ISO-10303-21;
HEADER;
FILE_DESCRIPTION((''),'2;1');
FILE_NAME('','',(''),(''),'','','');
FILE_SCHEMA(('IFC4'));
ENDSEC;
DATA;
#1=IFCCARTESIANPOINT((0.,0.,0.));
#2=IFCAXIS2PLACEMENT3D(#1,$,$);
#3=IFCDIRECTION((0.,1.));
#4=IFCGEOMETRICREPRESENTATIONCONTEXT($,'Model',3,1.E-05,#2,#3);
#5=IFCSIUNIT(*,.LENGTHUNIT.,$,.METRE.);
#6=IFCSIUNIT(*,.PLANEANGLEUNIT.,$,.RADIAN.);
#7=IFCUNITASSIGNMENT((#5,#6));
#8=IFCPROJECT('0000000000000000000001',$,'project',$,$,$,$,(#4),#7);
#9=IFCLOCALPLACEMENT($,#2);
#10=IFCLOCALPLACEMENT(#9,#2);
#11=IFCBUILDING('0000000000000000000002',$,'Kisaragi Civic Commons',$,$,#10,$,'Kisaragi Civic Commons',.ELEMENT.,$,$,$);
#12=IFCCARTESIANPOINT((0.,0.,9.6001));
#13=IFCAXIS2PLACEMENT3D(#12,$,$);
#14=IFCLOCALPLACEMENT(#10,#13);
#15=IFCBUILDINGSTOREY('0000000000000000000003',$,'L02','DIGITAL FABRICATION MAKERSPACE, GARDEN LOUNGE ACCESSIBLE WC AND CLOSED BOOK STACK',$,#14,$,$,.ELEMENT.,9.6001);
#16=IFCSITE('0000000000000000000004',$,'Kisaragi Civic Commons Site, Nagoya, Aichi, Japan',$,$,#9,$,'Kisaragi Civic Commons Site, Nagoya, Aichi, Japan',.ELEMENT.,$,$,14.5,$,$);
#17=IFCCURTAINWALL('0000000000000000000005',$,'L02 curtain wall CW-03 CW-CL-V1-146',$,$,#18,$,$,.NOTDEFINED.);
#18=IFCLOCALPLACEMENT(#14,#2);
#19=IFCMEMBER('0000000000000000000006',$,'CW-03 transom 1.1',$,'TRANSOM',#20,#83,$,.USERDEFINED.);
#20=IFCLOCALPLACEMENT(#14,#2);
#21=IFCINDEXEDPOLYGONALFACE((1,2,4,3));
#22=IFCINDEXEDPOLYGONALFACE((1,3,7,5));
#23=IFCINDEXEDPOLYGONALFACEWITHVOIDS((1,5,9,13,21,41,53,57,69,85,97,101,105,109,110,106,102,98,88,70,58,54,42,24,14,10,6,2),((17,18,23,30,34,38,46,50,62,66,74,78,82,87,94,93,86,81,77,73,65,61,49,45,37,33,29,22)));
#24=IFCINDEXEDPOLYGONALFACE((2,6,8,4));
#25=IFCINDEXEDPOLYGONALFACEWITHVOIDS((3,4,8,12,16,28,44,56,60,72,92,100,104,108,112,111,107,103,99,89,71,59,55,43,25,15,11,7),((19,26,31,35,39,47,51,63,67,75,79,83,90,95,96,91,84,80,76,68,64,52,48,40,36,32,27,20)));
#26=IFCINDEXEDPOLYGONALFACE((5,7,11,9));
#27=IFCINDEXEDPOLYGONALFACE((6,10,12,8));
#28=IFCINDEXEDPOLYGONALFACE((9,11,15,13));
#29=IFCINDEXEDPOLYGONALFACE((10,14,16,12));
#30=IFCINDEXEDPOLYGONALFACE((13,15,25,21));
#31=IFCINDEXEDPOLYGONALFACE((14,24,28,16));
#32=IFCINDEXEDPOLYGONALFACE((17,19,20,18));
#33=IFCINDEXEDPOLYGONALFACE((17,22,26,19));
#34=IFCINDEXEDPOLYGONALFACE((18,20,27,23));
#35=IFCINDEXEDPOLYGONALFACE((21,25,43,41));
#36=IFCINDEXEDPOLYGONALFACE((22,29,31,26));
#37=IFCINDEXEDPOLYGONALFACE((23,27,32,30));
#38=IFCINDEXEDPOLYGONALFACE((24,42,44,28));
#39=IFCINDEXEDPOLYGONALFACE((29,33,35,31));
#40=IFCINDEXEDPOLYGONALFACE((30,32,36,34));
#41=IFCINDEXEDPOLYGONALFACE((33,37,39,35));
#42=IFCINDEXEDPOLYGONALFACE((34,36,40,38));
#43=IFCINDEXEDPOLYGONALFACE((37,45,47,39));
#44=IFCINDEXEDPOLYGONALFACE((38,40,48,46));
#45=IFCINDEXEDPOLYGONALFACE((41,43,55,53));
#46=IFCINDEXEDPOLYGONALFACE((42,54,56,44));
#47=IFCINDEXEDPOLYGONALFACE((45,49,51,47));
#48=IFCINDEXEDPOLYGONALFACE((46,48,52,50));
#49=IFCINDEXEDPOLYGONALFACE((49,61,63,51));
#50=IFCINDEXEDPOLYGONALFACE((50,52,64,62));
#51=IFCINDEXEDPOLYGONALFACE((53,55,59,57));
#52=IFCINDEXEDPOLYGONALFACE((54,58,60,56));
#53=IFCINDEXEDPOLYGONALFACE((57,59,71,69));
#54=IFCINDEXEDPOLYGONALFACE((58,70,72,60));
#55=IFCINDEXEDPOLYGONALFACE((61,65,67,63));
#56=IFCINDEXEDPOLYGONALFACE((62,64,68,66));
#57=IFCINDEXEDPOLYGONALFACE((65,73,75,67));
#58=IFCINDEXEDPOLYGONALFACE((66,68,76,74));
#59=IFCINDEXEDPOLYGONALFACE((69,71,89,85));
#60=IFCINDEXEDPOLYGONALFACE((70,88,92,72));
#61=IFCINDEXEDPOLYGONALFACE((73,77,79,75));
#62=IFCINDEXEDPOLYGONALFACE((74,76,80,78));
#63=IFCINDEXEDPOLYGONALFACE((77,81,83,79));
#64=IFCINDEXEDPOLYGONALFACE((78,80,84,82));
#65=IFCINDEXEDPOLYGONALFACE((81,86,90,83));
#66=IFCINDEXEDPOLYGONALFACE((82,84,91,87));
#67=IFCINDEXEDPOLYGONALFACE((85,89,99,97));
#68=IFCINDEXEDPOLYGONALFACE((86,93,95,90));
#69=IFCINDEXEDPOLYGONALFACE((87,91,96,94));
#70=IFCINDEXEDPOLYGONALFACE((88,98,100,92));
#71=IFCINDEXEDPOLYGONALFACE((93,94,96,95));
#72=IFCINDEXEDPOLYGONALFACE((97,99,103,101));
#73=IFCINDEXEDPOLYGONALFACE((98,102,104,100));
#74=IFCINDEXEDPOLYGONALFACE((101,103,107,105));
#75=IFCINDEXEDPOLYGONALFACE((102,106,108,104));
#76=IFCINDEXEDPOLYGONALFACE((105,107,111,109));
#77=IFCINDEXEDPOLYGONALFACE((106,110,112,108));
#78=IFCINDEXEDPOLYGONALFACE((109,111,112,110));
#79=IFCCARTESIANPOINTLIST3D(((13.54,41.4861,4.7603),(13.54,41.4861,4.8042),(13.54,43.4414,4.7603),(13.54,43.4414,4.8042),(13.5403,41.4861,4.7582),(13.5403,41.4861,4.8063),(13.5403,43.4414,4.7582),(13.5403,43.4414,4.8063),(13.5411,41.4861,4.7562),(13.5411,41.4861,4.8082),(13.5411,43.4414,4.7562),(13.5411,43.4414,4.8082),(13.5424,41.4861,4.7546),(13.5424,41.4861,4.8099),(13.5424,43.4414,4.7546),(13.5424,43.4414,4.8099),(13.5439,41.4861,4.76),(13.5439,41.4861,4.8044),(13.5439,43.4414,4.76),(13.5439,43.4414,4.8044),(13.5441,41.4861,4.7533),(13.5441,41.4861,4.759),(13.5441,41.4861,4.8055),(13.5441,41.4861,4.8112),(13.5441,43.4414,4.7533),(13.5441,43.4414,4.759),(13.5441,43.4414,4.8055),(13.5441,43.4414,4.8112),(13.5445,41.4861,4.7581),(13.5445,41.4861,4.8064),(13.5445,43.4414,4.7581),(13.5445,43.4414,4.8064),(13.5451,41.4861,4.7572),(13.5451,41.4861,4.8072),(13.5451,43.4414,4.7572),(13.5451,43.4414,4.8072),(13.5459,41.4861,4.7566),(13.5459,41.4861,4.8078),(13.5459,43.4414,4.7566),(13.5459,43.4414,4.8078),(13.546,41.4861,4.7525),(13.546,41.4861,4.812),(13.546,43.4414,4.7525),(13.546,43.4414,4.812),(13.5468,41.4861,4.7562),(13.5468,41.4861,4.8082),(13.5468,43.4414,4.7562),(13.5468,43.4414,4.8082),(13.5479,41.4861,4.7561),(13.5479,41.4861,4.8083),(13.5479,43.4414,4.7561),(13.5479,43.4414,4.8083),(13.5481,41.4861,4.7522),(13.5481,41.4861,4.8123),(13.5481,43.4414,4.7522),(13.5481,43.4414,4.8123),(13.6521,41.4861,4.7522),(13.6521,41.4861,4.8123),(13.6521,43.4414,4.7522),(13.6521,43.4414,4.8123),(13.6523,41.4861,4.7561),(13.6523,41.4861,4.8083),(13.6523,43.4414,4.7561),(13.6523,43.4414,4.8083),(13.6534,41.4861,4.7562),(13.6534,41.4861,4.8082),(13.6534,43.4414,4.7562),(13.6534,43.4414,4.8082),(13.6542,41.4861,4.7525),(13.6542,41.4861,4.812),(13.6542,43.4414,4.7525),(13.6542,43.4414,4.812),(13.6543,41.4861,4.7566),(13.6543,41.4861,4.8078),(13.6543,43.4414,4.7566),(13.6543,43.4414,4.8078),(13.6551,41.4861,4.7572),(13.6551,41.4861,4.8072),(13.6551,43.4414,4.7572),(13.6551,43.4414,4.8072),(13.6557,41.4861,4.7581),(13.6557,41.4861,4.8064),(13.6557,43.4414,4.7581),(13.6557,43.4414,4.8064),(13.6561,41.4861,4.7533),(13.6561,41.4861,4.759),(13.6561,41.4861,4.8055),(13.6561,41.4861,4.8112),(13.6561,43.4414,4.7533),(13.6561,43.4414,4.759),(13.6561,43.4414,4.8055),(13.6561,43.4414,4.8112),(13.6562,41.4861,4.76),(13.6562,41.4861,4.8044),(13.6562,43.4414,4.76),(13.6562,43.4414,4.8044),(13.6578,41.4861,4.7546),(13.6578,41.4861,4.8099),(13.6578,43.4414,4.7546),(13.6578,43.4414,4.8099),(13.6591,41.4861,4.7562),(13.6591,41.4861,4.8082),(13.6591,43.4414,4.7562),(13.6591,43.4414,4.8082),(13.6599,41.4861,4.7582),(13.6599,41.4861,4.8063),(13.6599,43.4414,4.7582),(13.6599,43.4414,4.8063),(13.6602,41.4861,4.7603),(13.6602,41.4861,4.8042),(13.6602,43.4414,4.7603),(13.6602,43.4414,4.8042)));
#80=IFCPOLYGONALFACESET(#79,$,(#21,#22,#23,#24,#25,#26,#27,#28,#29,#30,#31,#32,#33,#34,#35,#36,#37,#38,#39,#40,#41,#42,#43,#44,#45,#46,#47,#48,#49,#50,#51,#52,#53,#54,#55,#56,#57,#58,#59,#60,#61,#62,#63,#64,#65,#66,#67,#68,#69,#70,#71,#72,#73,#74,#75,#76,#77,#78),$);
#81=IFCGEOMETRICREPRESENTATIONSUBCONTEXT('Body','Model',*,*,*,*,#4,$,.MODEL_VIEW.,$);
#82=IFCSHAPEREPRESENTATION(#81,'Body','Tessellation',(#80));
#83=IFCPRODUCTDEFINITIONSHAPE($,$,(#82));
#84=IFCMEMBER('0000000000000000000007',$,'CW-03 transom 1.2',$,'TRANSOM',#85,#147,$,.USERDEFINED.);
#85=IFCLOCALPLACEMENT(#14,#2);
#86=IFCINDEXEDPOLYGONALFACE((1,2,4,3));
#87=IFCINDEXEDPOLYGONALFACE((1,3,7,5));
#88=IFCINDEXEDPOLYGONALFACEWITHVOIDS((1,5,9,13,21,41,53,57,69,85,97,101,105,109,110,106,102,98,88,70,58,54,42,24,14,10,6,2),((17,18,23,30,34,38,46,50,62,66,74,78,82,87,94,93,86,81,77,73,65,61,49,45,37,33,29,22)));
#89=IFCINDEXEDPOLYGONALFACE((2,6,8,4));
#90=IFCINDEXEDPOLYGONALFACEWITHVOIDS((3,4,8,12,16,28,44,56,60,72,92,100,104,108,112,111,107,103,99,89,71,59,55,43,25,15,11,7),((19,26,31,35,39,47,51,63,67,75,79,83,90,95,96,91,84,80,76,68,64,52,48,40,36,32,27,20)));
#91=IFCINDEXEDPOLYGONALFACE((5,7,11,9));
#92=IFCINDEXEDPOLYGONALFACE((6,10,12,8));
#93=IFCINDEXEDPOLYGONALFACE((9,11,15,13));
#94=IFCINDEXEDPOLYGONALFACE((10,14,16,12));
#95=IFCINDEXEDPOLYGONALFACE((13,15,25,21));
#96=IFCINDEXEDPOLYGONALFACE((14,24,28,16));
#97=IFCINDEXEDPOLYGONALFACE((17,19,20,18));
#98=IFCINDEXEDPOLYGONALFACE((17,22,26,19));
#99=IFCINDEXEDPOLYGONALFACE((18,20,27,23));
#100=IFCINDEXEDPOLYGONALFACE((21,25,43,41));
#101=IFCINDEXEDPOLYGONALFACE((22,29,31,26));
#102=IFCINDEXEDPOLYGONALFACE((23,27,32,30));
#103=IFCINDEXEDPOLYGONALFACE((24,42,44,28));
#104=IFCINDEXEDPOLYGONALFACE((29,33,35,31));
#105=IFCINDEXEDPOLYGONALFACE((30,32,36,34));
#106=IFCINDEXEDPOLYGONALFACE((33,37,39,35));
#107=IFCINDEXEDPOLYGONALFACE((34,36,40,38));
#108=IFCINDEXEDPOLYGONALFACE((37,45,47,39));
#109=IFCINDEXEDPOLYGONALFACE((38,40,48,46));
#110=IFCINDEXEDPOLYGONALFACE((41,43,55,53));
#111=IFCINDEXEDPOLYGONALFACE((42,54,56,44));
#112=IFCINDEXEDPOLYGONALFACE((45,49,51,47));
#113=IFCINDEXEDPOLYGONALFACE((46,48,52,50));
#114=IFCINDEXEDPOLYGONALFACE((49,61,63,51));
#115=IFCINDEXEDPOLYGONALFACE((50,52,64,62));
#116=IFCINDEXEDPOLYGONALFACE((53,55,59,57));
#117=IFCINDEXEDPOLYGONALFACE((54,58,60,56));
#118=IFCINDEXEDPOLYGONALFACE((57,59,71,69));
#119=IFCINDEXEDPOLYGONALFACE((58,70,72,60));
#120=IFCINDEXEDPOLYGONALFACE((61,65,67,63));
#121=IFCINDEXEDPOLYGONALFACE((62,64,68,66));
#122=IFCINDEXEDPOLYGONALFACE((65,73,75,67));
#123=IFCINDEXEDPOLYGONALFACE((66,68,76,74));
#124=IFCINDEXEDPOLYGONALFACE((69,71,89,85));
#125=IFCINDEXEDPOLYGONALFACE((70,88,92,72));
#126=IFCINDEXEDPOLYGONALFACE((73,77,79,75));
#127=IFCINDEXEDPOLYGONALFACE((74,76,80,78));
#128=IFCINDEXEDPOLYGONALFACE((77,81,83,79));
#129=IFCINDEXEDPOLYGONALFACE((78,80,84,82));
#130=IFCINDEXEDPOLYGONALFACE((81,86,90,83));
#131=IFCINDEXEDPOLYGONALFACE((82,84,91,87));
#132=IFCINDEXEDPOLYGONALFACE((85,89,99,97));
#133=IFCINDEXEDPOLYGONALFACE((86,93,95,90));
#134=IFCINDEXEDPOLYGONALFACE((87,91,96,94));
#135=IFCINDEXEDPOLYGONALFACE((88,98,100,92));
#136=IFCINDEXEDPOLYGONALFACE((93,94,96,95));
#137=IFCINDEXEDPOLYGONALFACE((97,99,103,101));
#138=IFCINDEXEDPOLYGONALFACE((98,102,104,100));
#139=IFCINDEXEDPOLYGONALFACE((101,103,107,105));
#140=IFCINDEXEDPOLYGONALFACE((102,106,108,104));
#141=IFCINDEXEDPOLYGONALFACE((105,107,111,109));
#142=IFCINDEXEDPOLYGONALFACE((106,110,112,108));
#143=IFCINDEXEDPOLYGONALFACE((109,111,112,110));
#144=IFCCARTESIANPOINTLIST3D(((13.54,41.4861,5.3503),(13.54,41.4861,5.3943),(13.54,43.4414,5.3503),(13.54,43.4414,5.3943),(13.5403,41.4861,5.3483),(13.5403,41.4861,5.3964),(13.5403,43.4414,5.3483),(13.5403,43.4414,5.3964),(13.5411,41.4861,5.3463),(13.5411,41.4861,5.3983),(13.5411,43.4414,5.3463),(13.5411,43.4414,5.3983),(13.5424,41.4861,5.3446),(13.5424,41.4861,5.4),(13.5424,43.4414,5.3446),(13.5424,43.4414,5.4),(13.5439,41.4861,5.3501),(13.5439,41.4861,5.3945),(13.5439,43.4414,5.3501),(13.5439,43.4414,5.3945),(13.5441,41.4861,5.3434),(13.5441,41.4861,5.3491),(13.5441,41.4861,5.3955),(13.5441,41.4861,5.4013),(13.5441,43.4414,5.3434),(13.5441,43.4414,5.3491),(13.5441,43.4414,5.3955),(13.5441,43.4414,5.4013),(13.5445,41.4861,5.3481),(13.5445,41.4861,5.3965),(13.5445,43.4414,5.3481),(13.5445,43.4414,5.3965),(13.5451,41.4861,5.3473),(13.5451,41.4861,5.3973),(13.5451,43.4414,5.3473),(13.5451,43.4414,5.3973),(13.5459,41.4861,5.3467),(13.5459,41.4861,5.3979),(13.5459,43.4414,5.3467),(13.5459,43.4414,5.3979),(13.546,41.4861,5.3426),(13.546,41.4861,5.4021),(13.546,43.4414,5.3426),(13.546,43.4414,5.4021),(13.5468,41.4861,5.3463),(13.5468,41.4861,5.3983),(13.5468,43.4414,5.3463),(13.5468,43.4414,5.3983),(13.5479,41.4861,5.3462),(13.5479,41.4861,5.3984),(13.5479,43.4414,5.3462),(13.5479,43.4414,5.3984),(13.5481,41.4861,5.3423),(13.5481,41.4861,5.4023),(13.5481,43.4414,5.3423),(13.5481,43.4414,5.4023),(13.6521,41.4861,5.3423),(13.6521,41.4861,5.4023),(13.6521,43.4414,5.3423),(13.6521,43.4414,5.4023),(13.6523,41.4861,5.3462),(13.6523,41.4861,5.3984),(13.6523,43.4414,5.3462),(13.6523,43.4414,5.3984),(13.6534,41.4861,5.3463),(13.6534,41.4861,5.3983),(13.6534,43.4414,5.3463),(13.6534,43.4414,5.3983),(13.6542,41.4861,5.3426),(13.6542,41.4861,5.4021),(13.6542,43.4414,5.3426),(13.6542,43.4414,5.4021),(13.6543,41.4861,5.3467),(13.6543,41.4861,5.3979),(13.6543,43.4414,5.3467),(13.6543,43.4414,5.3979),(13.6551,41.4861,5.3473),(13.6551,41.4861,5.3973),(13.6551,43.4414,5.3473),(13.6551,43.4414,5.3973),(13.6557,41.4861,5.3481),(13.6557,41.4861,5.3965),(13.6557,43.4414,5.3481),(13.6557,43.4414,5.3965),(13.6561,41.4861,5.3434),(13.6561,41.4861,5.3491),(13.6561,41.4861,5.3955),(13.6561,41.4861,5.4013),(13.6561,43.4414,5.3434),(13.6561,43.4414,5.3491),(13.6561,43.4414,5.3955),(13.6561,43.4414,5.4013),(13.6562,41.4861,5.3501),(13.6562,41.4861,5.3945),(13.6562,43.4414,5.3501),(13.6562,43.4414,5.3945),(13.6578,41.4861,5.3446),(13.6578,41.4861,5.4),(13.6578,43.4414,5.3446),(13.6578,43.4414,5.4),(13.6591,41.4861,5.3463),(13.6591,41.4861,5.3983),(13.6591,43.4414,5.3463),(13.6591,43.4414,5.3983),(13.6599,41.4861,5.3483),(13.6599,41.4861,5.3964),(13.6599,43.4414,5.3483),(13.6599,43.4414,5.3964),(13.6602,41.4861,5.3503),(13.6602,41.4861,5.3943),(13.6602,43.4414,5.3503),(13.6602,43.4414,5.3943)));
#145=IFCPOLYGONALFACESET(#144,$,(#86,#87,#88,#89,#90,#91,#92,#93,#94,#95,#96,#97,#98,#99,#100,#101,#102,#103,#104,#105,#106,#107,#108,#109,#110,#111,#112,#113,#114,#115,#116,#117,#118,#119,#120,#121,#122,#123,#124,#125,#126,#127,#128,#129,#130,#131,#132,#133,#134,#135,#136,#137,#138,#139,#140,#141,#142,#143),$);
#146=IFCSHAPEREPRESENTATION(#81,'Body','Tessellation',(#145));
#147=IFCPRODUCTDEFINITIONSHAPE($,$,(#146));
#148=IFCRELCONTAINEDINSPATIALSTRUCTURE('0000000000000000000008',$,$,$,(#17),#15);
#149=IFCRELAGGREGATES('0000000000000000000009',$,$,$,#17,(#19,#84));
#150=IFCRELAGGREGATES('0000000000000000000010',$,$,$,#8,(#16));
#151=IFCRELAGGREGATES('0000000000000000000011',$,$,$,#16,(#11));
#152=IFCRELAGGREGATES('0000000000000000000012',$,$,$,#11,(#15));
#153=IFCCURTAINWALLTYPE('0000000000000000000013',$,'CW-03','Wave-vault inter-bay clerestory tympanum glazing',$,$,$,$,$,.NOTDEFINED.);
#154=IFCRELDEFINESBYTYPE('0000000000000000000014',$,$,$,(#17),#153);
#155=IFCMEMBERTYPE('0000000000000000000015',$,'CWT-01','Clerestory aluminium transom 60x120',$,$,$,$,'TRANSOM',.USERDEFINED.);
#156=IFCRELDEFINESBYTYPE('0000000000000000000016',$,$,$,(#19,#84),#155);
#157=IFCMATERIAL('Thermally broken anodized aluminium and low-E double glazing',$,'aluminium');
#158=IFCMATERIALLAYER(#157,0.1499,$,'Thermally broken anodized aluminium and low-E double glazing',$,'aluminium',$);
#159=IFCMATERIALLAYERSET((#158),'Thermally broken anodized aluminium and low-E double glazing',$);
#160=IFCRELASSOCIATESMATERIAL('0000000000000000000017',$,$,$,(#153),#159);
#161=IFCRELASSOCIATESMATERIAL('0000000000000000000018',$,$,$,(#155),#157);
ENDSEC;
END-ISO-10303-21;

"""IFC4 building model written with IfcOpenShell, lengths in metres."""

from ifc_helpers import new_model, si_unit, direction, frame, origin, origin_2d, place, context, subcontext, project, spatial, hollow_rectangle, extrude, material, layer, layer_set, material_profile, profile_set, type_object, element, aggregate, save


model = new_model("IFC4")

# Units and contexts
model_context = context("Model", 3, precision=1e-05, world=origin(), true_north=direction((0.0, 1.0)))
body_context = subcontext(model_context, "Body", "Model", "MODEL_VIEW")
ifc_project = project(units=[si_unit("LENGTHUNIT", "METRE"), si_unit("PLANEANGLEUNIT", "RADIAN")], contexts=[model_context])

# Site, building, storey
site_placement = place(None, origin())
site = spatial("IfcSite", under=ifc_project, at=site_placement, Name="Kisaragi Civic Commons Site, Nagoya, Aichi, Japan", LongName="Kisaragi Civic Commons Site, Nagoya, Aichi, Japan", CompositionType="ELEMENT", RefElevation=14.5)
building_placement = place(site_placement, origin())
building = spatial("IfcBuilding", under=site, at=building_placement, Name="Kisaragi Civic Commons", LongName="Kisaragi Civic Commons", CompositionType="ELEMENT")
storey_placement = place(building_placement, frame((0.0, 0.0, 9.6001)))
storey = spatial("IfcBuildingStorey", under=building, at=storey_placement, Name="L02", Description="DIGITAL FABRICATION MAKERSPACE, GARDEN LOUNGE ACCESSIBLE WC AND CLOSED BOOK STACK", CompositionType="ELEMENT", Elevation=9.6001)

# Shared definitions
ifc_material_1 = material(Name="Thermally broken anodized aluminium and low-E double glazing", Category="aluminium")
ifc_layer_1 = layer(ifc_material_1, 0.1499, Name="Thermally broken anodized aluminium and low-E double glazing", Category="aluminium")
ifc_layer_set_1 = layer_set([ifc_layer_1], Name="Thermally broken anodized aluminium and low-E double glazing")
curtain_wall_type = type_object("IfcCurtainWallType", Name="CW-03", Description="Wave-vault inter-bay clerestory tympanum glazing", PredefinedType="NOTDEFINED", material=ifc_layer_set_1)

# Curtain wall
curtain_wall_1_placement = place(storey_placement, origin())
curtain_wall_1 = element("IfcCurtainWall", 1, at=curtain_wall_1_placement, inside=storey, type_object=curtain_wall_type, Name="L02 curtain wall CW-03 CW-CL-V1-146", PredefinedType="NOTDEFINED")

# Members
ifc_material_profile_1 = material_profile(ifc_material_1, hollow_rectangle(XDim=0.1201, YDim=0.0601, WallThickness=0.0039, InnerFilletRadius=0.0039, OuterFilletRadius=0.0081, at=origin_2d()), Name="CWT-60x120x4", Category="aluminium")
ifc_profile_set_1 = profile_set([ifc_material_profile_1], Name="Thermally broken anodized aluminium and low-E double glazing")
member_type_1 = type_object("IfcMemberType", Name="CWT-01", Description="Clerestory aluminium transom 60x120", ElementType="TRANSOM", PredefinedType="USERDEFINED", material=ifc_profile_set_1)
member_1_placement = place(storey_placement, frame((13.6001, 41.4861, 4.7822), z_axis=(0.0, 1.0, 0.0), x_axis=(-1.0, 0.0, 0.0)))
member_1 = element("IfcMember", 2, at=member_1_placement, type_object=member_type_1, Name="CW-03 transom 1.1", ObjectType="TRANSOM", PredefinedType="USERDEFINED", context=body_context, shape_type="SweptSolid", body=[
    extrude(hollow_rectangle(XDim=0.1201, YDim=0.0601, WallThickness=0.0039, InnerFilletRadius=0.0039, OuterFilletRadius=0.0081, at=origin_2d()), origin(), (0.0, 0.0, 1.0), 1.9553),
])
member_2_placement = place(storey_placement, frame((13.6001, 41.4861, 5.3723), z_axis=(0.0, 1.0, 0.0), x_axis=(-1.0, 0.0, 0.0)))
member_2 = element("IfcMember", 3, at=member_2_placement, type_object=member_type_1, Name="CW-03 transom 1.2", ObjectType="TRANSOM", PredefinedType="USERDEFINED", context=body_context, shape_type="SweptSolid", body=[
    extrude(hollow_rectangle(XDim=0.1201, YDim=0.0601, WallThickness=0.0039, InnerFilletRadius=0.0039, OuterFilletRadius=0.0081, at=origin_2d()), origin(), (0.0, 0.0, 1.0), 1.9553),
])

aggregate(curtain_wall_1, [member_1, member_2])

save(model, "model.ifc")
